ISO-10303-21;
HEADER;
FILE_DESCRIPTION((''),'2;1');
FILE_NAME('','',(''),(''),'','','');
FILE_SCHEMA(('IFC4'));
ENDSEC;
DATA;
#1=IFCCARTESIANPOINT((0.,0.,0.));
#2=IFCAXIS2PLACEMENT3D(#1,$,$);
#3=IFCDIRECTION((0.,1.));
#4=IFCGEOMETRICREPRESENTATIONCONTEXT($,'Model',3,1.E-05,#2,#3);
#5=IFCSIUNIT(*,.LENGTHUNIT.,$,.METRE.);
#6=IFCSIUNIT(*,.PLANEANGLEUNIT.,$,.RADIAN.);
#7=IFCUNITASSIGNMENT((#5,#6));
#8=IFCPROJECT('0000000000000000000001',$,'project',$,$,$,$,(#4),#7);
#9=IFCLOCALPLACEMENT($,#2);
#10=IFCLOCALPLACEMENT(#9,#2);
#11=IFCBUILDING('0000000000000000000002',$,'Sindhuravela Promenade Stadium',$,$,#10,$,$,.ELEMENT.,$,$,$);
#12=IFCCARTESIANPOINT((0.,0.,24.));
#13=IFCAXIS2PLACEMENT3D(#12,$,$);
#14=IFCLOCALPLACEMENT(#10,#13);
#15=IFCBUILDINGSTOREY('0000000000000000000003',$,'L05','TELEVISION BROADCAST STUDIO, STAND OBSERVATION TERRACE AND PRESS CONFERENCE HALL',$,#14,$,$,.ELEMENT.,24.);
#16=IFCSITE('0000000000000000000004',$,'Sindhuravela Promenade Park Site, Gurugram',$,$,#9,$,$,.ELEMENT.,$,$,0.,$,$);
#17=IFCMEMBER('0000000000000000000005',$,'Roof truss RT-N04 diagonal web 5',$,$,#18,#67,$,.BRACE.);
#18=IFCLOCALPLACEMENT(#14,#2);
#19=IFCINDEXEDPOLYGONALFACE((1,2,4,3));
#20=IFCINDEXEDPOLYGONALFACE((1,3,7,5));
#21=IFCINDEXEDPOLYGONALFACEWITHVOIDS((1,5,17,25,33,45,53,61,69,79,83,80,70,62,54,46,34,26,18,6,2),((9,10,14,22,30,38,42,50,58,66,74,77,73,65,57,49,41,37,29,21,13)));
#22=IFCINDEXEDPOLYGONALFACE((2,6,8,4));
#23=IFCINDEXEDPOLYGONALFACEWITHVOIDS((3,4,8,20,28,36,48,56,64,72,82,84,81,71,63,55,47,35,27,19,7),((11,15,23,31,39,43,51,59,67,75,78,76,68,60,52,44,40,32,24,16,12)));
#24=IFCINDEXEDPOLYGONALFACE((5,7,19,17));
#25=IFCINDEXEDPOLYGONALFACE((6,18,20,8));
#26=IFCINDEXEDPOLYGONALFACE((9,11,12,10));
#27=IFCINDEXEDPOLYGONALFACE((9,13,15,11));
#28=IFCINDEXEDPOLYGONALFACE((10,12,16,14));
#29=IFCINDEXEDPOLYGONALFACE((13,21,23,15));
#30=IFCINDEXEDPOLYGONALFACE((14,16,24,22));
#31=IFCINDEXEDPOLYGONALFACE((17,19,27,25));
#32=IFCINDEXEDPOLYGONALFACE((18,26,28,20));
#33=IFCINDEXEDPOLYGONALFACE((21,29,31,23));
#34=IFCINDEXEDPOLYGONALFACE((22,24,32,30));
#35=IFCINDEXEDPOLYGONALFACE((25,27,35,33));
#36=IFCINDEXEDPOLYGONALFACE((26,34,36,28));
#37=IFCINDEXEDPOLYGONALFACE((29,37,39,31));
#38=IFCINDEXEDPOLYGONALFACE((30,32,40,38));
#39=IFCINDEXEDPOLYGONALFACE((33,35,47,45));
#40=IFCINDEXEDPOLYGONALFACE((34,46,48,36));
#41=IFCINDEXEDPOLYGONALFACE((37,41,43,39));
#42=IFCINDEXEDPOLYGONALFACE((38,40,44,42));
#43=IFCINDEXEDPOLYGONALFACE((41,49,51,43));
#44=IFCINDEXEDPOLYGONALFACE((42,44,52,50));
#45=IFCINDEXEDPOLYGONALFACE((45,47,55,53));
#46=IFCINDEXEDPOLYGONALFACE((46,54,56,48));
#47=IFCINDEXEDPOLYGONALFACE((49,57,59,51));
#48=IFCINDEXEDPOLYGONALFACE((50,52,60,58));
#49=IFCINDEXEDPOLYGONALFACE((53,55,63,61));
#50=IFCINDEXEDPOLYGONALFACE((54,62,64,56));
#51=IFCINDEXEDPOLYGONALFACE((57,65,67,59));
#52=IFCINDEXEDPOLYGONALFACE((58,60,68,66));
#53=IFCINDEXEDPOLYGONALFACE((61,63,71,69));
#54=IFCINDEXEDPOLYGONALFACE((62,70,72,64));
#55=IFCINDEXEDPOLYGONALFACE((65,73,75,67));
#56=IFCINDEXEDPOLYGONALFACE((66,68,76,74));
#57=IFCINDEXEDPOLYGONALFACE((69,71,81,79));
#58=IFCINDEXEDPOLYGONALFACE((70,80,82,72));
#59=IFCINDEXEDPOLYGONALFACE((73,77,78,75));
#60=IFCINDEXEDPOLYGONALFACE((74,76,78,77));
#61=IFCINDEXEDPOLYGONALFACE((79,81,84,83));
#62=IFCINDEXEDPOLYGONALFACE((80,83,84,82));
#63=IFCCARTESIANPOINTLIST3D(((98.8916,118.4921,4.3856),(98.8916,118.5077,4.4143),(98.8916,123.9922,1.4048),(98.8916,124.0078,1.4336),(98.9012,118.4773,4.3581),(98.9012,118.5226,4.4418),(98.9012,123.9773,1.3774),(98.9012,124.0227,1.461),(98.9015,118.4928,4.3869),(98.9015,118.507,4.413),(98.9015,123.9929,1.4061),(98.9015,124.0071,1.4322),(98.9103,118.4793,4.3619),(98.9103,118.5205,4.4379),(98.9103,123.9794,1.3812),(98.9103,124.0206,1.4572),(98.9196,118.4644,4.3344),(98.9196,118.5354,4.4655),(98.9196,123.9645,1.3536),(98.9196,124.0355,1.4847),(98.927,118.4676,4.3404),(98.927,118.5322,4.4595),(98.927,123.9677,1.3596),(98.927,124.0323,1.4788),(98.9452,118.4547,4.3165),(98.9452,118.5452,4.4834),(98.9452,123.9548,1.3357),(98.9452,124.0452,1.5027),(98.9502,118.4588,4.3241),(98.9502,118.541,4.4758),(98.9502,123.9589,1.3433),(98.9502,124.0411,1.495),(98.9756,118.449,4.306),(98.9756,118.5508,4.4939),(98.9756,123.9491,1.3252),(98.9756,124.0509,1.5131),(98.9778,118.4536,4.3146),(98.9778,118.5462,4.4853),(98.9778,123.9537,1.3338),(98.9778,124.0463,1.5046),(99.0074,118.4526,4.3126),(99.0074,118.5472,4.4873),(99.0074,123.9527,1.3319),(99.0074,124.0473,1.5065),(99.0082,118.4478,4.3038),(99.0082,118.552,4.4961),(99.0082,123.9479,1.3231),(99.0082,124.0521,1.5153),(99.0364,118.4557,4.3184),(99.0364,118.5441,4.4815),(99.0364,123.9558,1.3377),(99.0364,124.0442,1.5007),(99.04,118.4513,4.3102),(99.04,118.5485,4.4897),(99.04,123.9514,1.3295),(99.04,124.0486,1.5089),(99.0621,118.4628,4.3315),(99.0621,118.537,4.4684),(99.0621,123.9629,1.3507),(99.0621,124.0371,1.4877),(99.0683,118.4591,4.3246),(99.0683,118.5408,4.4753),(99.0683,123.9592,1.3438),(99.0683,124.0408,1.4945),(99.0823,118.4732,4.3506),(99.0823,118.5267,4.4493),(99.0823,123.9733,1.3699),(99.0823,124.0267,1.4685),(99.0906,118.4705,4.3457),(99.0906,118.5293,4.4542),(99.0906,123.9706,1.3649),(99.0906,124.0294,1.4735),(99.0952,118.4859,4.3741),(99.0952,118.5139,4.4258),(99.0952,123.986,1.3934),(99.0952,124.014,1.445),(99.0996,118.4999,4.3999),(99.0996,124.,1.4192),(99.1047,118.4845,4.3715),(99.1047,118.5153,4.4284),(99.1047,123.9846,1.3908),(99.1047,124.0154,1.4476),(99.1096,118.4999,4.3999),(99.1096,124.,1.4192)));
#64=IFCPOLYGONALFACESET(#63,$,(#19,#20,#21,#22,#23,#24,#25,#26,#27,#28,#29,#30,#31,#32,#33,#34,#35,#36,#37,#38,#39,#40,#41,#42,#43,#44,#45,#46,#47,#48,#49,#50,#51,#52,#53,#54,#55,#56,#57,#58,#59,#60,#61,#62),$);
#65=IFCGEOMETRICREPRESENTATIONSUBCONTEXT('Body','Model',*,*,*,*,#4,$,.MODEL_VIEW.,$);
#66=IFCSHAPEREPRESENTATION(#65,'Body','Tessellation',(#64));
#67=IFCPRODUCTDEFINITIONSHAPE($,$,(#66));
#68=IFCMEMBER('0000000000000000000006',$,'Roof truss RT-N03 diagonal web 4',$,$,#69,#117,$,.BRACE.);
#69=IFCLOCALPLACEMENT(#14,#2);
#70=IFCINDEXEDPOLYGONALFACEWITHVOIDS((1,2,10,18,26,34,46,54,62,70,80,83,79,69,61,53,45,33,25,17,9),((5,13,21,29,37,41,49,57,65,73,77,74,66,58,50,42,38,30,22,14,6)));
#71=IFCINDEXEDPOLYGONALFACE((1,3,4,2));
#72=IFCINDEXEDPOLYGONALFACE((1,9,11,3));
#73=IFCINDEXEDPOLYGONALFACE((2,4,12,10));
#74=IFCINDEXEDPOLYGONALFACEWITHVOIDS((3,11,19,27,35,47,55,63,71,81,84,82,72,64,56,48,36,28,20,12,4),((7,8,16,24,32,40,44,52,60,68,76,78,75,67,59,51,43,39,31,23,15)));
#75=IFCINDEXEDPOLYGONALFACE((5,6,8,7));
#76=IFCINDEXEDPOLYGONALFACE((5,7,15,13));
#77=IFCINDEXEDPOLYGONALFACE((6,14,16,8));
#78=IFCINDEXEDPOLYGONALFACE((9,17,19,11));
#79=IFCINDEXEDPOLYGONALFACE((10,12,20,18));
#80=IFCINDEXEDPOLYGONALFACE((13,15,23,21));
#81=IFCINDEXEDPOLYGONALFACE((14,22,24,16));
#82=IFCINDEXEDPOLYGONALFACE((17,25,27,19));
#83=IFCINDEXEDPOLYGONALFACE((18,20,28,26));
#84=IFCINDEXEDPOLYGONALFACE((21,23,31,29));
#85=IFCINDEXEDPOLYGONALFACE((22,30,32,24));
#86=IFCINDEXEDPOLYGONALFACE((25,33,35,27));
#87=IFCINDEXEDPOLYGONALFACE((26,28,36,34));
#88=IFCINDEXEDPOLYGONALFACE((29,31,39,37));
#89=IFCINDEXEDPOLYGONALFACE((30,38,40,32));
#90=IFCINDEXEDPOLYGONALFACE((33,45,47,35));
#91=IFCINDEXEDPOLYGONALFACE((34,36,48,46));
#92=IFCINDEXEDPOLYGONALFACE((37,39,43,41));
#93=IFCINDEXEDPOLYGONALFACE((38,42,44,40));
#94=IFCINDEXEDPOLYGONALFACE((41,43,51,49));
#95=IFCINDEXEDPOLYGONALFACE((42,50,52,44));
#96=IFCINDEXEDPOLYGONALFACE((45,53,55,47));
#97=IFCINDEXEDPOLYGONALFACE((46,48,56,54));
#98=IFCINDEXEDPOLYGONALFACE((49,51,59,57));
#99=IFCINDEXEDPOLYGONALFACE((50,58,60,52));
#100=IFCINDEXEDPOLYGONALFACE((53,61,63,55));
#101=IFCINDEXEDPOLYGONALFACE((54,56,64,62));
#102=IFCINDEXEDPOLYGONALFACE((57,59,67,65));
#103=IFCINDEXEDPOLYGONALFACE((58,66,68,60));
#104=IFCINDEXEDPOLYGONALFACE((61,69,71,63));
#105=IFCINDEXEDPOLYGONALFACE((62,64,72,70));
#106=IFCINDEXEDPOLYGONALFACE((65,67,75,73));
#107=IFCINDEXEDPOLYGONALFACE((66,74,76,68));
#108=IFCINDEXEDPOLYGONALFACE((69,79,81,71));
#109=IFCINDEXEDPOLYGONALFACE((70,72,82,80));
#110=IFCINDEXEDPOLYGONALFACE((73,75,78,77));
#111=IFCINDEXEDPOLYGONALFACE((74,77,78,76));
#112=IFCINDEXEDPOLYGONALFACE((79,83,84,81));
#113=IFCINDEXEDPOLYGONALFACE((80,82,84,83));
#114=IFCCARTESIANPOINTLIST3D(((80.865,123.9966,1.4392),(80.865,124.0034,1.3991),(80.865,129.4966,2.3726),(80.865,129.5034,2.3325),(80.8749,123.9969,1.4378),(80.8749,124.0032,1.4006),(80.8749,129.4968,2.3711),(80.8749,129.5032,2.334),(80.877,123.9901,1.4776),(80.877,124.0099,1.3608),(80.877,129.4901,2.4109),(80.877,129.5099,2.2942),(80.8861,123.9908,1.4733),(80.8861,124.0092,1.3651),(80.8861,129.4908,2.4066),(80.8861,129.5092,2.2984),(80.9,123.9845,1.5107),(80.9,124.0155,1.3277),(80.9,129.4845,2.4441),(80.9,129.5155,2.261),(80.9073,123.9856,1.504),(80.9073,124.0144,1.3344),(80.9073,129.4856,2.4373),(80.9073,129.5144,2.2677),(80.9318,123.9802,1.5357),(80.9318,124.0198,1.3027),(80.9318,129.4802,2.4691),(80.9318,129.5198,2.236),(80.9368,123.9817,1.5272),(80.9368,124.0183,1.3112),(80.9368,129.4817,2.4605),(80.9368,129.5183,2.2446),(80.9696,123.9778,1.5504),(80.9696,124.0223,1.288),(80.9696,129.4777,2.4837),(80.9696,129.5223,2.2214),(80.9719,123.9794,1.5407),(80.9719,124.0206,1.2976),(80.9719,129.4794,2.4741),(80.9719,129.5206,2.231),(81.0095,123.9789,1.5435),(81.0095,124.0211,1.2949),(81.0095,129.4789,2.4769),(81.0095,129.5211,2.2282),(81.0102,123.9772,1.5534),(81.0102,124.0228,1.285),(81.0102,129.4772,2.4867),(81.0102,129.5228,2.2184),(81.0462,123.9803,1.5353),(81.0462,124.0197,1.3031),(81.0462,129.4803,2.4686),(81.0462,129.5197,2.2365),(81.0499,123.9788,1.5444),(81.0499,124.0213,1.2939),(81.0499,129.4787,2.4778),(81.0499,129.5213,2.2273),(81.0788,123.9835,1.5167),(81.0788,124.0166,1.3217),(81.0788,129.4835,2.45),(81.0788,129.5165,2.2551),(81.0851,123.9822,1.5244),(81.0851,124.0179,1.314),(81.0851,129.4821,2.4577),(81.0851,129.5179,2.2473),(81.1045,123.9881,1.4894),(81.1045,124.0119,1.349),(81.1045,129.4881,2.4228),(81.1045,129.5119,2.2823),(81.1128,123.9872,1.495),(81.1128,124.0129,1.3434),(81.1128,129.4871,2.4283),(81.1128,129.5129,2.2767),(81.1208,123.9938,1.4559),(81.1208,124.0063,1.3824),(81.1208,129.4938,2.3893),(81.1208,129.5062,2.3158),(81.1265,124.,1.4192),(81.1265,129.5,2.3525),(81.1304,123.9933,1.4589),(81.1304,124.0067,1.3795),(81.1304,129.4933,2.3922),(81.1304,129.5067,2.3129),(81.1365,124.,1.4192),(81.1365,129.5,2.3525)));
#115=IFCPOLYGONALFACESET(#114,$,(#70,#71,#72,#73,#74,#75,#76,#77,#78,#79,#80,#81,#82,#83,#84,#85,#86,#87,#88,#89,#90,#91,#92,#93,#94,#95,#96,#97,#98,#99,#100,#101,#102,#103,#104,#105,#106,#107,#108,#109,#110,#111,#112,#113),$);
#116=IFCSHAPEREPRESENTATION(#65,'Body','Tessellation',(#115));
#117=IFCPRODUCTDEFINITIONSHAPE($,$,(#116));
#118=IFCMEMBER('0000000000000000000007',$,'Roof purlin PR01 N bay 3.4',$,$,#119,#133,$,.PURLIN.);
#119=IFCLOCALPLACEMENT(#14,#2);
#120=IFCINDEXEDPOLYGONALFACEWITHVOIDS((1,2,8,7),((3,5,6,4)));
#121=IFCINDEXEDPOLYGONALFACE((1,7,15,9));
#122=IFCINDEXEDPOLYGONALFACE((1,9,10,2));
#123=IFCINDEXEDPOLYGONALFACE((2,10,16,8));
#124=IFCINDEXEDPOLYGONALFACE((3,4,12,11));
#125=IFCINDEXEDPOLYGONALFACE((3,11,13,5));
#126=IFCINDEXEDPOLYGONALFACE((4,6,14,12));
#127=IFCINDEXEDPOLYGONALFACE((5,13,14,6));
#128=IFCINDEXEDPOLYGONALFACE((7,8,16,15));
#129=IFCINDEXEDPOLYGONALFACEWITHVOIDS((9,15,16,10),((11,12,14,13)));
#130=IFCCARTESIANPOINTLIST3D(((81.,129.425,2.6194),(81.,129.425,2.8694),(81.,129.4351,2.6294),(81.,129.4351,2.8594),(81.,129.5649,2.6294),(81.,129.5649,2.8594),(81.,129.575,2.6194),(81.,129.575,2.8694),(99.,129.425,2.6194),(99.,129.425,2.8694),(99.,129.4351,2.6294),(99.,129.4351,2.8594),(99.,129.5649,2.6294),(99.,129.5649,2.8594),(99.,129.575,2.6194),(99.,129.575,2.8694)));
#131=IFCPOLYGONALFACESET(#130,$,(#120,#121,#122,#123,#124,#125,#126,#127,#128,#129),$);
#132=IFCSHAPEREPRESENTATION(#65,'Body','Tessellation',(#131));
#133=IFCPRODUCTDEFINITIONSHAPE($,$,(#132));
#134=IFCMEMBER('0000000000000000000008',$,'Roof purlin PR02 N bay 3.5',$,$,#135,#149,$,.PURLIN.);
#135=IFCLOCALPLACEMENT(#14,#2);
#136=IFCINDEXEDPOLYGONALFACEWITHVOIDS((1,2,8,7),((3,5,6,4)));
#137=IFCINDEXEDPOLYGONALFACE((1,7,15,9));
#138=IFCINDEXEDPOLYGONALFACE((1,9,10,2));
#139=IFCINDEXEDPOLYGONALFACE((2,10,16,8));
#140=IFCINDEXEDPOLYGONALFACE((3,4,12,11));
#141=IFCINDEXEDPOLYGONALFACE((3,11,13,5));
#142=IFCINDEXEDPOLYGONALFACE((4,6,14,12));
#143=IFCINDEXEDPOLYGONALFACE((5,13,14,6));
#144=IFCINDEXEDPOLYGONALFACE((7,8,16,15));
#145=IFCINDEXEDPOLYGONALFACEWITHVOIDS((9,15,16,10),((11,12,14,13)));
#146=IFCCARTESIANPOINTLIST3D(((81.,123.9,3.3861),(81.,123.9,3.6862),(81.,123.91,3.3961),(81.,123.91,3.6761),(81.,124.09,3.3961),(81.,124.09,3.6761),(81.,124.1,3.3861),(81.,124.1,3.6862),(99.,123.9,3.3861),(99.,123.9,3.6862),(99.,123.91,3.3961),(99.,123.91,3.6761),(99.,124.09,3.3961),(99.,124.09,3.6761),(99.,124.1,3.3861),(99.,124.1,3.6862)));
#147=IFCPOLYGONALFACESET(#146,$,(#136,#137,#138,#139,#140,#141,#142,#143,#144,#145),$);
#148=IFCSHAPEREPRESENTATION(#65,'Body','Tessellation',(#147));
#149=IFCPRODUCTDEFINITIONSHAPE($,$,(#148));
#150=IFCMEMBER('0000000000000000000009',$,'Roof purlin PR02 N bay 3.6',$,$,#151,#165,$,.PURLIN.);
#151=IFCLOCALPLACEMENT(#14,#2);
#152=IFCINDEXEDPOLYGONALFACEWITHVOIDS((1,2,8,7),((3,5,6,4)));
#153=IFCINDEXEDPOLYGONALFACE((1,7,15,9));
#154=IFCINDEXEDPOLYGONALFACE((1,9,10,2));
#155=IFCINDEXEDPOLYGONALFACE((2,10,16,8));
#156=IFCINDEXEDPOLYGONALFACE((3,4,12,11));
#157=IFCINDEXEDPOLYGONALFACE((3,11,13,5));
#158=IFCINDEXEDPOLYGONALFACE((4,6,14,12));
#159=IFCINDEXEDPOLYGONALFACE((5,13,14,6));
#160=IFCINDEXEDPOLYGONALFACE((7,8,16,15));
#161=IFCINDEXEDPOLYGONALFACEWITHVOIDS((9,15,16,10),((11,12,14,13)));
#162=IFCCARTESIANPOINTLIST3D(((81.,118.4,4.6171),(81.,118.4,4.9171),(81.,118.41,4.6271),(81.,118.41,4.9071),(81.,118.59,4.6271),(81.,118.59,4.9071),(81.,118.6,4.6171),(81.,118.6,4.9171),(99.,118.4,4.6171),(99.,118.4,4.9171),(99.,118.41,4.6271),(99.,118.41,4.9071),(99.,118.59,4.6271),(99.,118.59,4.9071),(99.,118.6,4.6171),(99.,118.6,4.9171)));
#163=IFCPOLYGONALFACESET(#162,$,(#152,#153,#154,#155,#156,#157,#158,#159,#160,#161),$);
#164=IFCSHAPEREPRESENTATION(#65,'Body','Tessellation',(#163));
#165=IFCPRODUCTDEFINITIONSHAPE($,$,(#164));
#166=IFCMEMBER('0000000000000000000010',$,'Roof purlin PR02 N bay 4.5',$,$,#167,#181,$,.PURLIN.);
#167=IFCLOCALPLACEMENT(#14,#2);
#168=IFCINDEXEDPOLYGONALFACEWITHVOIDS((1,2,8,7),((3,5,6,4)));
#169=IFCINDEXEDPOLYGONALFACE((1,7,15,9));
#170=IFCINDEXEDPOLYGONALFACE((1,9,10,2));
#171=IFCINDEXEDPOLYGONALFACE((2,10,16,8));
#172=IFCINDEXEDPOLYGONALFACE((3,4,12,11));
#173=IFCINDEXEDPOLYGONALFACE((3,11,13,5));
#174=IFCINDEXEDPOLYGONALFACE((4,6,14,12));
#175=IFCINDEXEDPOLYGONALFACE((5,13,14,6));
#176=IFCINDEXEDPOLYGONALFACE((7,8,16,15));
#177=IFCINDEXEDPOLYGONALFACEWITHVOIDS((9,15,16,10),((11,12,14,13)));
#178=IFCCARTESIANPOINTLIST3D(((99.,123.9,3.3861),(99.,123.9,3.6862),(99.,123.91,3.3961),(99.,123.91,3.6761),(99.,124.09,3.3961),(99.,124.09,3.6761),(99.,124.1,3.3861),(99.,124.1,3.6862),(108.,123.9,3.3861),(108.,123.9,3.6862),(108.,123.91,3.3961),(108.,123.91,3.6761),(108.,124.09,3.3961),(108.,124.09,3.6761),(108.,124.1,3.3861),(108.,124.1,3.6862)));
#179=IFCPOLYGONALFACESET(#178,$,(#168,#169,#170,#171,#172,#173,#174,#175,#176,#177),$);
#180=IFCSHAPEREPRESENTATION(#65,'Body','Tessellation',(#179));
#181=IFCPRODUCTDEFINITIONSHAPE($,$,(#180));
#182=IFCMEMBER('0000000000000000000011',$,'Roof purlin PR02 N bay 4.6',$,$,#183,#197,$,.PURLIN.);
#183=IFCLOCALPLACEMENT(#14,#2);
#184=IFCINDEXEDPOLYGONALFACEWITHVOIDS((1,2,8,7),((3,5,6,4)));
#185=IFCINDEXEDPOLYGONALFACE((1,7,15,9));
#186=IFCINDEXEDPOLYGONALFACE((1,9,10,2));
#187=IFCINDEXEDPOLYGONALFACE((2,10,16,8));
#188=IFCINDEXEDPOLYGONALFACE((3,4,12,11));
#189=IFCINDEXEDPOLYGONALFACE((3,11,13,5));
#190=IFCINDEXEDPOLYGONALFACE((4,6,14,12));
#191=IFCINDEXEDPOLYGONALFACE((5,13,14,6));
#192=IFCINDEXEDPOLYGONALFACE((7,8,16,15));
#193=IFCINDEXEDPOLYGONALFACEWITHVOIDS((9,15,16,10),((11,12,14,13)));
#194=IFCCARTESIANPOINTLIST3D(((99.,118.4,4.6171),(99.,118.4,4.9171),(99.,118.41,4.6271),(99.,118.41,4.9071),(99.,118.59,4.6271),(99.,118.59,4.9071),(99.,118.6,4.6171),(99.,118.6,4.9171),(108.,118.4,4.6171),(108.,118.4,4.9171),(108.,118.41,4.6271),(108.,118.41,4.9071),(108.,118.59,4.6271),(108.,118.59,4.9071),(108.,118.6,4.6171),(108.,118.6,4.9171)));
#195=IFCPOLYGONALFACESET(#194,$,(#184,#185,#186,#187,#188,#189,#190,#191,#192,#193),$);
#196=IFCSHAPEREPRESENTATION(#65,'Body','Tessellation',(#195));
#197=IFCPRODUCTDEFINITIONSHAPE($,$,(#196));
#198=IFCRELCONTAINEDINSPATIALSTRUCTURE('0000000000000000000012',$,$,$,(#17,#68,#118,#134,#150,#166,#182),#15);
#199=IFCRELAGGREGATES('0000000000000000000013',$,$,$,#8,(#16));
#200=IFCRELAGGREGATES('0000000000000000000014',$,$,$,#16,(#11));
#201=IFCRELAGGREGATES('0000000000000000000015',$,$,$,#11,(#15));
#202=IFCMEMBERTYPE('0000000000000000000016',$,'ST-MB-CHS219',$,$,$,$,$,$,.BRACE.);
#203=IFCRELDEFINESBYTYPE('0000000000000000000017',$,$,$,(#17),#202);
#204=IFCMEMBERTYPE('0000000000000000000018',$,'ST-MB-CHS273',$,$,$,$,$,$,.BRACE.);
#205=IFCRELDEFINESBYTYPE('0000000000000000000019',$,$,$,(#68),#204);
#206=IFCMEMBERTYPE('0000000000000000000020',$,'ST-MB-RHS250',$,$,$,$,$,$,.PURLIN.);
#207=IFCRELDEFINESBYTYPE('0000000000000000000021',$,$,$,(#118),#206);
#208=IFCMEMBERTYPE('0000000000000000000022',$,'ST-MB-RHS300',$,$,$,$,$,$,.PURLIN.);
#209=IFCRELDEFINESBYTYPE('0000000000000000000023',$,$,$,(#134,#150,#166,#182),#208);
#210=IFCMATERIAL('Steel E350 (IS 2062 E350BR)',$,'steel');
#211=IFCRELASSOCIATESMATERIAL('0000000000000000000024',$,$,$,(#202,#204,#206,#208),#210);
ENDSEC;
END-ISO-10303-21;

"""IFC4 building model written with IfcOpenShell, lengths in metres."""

from ifc_helpers import new_model, si_unit, direction, frame, origin, origin_2d, place, context, subcontext, project, spatial, hollow_rectangle, hollow_circle, extrude, material, material_profile, profile_set, type_object, element, save


model = new_model("IFC4")

# Units and contexts
model_context = context("Model", 3, precision=1e-05, world=origin(), true_north=direction((0.0, 1.0)))
body_context = subcontext(model_context, "Body", "Model", "MODEL_VIEW")
ifc_project = project(units=[si_unit("LENGTHUNIT", "METRE"), si_unit("PLANEANGLEUNIT", "RADIAN")], contexts=[model_context])

# Site, building, storey
site_placement = place(None, origin())
site = spatial("IfcSite", under=ifc_project, at=site_placement, Name="Sindhuravela Promenade Park Site, Gurugram", CompositionType="ELEMENT", RefElevation=0.0)
building_placement = place(site_placement, origin())
building = spatial("IfcBuilding", under=site, at=building_placement, Name="Sindhuravela Promenade Stadium", CompositionType="ELEMENT")
storey_placement = place(building_placement, frame((0.0, 0.0, 24.0)))
storey = spatial("IfcBuildingStorey", under=building, at=storey_placement, Name="L05", Description="TELEVISION BROADCAST STUDIO, STAND OBSERVATION TERRACE AND PRESS CONFERENCE HALL", CompositionType="ELEMENT", Elevation=24.0)

# Shared definitions
ifc_material_1 = material(Name="Steel E350 (IS 2062 E350BR)", Category="steel")

# Members
ifc_material_profile_1 = material_profile(ifc_material_1, hollow_circle(Radius=0.1096, WallThickness=0.01, at=origin_2d()), Name="CHS 219.1x10")
ifc_profile_set_1 = profile_set([ifc_material_profile_1], Name="Steel E350 (IS 2062 E350BR)")
member_type_1 = type_object("IfcMemberType", Name="ST-MB-CHS219", PredefinedType="BRACE", material=ifc_profile_set_1)
for number, where, z_axis, x_axis, name in (
    (1, (99.0, 124.0, 1.4192), (0.0, -0.879188, 0.476474), (1.0, 0.0, 0.0), "Roof truss RT-N04 diagonal web 5"),
):
    element("IfcMember", number, at=place(storey_placement, frame(where, z_axis=z_axis, x_axis=x_axis)), inside=storey, type_object=member_type_1, Name=name, PredefinedType="BRACE", context=body_context, shape_type="SweptSolid", body=[
        extrude(hollow_circle(Radius=0.1096, WallThickness=0.01, at=origin_2d()), origin(), (0.0, 0.0, 1.0), 6.2559),
    ])
ifc_material_profile_2 = material_profile(ifc_material_1, hollow_circle(Radius=0.1365, WallThickness=0.01, at=origin_2d()), Name="CHS 273.0x10")
ifc_profile_set_2 = profile_set([ifc_material_profile_2], Name="Steel E350 (IS 2062 E350BR)")
member_type_2 = type_object("IfcMemberType", Name="ST-MB-CHS273", PredefinedType="BRACE", material=ifc_profile_set_2)
member_1_placement = place(storey_placement, frame((81.0, 129.5, 2.3525), z_axis=(0.0, -0.985905, -0.167308), x_axis=(1.0, 0.0, 0.0)))
element("IfcMember", 2, at=member_1_placement, inside=storey, type_object=member_type_2, Name="Roof truss RT-N03 diagonal web 4", PredefinedType="BRACE", context=body_context, shape_type="SweptSolid", body=[
    extrude(hollow_circle(Radius=0.1365, WallThickness=0.01, at=origin_2d()), origin(), (0.0, 0.0, 1.0), 5.5786),
])
ifc_material_profile_3 = material_profile(ifc_material_1, hollow_rectangle(XDim=0.1499, YDim=0.25, WallThickness=0.01, at=origin_2d()), Name="RHS 250x150x10")
ifc_profile_set_3 = profile_set([ifc_material_profile_3], Name="Steel E350 (IS 2062 E350BR)")
member_type_3 = type_object("IfcMemberType", Name="ST-MB-RHS250", PredefinedType="PURLIN", material=ifc_profile_set_3)
member_2_placement = place(storey_placement, frame((81.0, 129.5, 2.7444), z_axis=(1.0, 0.0, 0.0), x_axis=(0.0, 1.0, 0.0)))
element("IfcMember", 3, at=member_2_placement, inside=storey, type_object=member_type_3, Name="Roof purlin PR01 N bay 3.4", PredefinedType="PURLIN", context=body_context, shape_type="SweptSolid", body=[
    extrude(hollow_rectangle(XDim=0.1499, YDim=0.25, WallThickness=0.01, at=origin_2d()), origin(), (0.0, 0.0, 1.0), 18.0),
])
ifc_material_profile_4 = material_profile(ifc_material_1, hollow_rectangle(XDim=0.2, YDim=0.3, WallThickness=0.01, at=origin_2d()), Name="RHS 300x200x10")
ifc_profile_set_4 = profile_set([ifc_material_profile_4], Name="Steel E350 (IS 2062 E350BR)")
member_type_4 = type_object("IfcMemberType", Name="ST-MB-RHS300", PredefinedType="PURLIN", material=ifc_profile_set_4)
for number, where, z_axis, x_axis, name in (
    (4, (81.0, 124.0, 3.5361), (1.0, 0.0, 0.0), (0.0, 1.0, 0.0), "Roof purlin PR02 N bay 3.5"),
    (5, (81.0, 118.5, 4.7671), (1.0, 0.0, 0.0), (0.0, 1.0, 0.0), "Roof purlin PR02 N bay 3.6"),
):
    element("IfcMember", number, at=place(storey_placement, frame(where, z_axis=z_axis, x_axis=x_axis)), inside=storey, type_object=member_type_4, Name=name, PredefinedType="PURLIN", context=body_context, shape_type="SweptSolid", body=[
        extrude(hollow_rectangle(XDim=0.2, YDim=0.3, WallThickness=0.01, at=origin_2d()), origin(), (0.0, 0.0, 1.0), 18.0),
    ])
for number, where, z_axis, x_axis, name in (
    (6, (99.0, 124.0, 3.5361), (1.0, 0.0, 0.0), (0.0, 1.0, 0.0), "Roof purlin PR02 N bay 4.5"),
    (7, (99.0, 118.5, 4.7671), (1.0, 0.0, 0.0), (0.0, 1.0, 0.0), "Roof purlin PR02 N bay 4.6"),
):
    element("IfcMember", number, at=place(storey_placement, frame(where, z_axis=z_axis, x_axis=x_axis)), inside=storey, type_object=member_type_4, Name=name, PredefinedType="PURLIN", context=body_context, shape_type="SweptSolid", body=[
        extrude(hollow_rectangle(XDim=0.2, YDim=0.3, WallThickness=0.01, at=origin_2d()), origin(), (0.0, 0.0, 1.0), 9.0),
    ])

save(model, "model.ifc")
